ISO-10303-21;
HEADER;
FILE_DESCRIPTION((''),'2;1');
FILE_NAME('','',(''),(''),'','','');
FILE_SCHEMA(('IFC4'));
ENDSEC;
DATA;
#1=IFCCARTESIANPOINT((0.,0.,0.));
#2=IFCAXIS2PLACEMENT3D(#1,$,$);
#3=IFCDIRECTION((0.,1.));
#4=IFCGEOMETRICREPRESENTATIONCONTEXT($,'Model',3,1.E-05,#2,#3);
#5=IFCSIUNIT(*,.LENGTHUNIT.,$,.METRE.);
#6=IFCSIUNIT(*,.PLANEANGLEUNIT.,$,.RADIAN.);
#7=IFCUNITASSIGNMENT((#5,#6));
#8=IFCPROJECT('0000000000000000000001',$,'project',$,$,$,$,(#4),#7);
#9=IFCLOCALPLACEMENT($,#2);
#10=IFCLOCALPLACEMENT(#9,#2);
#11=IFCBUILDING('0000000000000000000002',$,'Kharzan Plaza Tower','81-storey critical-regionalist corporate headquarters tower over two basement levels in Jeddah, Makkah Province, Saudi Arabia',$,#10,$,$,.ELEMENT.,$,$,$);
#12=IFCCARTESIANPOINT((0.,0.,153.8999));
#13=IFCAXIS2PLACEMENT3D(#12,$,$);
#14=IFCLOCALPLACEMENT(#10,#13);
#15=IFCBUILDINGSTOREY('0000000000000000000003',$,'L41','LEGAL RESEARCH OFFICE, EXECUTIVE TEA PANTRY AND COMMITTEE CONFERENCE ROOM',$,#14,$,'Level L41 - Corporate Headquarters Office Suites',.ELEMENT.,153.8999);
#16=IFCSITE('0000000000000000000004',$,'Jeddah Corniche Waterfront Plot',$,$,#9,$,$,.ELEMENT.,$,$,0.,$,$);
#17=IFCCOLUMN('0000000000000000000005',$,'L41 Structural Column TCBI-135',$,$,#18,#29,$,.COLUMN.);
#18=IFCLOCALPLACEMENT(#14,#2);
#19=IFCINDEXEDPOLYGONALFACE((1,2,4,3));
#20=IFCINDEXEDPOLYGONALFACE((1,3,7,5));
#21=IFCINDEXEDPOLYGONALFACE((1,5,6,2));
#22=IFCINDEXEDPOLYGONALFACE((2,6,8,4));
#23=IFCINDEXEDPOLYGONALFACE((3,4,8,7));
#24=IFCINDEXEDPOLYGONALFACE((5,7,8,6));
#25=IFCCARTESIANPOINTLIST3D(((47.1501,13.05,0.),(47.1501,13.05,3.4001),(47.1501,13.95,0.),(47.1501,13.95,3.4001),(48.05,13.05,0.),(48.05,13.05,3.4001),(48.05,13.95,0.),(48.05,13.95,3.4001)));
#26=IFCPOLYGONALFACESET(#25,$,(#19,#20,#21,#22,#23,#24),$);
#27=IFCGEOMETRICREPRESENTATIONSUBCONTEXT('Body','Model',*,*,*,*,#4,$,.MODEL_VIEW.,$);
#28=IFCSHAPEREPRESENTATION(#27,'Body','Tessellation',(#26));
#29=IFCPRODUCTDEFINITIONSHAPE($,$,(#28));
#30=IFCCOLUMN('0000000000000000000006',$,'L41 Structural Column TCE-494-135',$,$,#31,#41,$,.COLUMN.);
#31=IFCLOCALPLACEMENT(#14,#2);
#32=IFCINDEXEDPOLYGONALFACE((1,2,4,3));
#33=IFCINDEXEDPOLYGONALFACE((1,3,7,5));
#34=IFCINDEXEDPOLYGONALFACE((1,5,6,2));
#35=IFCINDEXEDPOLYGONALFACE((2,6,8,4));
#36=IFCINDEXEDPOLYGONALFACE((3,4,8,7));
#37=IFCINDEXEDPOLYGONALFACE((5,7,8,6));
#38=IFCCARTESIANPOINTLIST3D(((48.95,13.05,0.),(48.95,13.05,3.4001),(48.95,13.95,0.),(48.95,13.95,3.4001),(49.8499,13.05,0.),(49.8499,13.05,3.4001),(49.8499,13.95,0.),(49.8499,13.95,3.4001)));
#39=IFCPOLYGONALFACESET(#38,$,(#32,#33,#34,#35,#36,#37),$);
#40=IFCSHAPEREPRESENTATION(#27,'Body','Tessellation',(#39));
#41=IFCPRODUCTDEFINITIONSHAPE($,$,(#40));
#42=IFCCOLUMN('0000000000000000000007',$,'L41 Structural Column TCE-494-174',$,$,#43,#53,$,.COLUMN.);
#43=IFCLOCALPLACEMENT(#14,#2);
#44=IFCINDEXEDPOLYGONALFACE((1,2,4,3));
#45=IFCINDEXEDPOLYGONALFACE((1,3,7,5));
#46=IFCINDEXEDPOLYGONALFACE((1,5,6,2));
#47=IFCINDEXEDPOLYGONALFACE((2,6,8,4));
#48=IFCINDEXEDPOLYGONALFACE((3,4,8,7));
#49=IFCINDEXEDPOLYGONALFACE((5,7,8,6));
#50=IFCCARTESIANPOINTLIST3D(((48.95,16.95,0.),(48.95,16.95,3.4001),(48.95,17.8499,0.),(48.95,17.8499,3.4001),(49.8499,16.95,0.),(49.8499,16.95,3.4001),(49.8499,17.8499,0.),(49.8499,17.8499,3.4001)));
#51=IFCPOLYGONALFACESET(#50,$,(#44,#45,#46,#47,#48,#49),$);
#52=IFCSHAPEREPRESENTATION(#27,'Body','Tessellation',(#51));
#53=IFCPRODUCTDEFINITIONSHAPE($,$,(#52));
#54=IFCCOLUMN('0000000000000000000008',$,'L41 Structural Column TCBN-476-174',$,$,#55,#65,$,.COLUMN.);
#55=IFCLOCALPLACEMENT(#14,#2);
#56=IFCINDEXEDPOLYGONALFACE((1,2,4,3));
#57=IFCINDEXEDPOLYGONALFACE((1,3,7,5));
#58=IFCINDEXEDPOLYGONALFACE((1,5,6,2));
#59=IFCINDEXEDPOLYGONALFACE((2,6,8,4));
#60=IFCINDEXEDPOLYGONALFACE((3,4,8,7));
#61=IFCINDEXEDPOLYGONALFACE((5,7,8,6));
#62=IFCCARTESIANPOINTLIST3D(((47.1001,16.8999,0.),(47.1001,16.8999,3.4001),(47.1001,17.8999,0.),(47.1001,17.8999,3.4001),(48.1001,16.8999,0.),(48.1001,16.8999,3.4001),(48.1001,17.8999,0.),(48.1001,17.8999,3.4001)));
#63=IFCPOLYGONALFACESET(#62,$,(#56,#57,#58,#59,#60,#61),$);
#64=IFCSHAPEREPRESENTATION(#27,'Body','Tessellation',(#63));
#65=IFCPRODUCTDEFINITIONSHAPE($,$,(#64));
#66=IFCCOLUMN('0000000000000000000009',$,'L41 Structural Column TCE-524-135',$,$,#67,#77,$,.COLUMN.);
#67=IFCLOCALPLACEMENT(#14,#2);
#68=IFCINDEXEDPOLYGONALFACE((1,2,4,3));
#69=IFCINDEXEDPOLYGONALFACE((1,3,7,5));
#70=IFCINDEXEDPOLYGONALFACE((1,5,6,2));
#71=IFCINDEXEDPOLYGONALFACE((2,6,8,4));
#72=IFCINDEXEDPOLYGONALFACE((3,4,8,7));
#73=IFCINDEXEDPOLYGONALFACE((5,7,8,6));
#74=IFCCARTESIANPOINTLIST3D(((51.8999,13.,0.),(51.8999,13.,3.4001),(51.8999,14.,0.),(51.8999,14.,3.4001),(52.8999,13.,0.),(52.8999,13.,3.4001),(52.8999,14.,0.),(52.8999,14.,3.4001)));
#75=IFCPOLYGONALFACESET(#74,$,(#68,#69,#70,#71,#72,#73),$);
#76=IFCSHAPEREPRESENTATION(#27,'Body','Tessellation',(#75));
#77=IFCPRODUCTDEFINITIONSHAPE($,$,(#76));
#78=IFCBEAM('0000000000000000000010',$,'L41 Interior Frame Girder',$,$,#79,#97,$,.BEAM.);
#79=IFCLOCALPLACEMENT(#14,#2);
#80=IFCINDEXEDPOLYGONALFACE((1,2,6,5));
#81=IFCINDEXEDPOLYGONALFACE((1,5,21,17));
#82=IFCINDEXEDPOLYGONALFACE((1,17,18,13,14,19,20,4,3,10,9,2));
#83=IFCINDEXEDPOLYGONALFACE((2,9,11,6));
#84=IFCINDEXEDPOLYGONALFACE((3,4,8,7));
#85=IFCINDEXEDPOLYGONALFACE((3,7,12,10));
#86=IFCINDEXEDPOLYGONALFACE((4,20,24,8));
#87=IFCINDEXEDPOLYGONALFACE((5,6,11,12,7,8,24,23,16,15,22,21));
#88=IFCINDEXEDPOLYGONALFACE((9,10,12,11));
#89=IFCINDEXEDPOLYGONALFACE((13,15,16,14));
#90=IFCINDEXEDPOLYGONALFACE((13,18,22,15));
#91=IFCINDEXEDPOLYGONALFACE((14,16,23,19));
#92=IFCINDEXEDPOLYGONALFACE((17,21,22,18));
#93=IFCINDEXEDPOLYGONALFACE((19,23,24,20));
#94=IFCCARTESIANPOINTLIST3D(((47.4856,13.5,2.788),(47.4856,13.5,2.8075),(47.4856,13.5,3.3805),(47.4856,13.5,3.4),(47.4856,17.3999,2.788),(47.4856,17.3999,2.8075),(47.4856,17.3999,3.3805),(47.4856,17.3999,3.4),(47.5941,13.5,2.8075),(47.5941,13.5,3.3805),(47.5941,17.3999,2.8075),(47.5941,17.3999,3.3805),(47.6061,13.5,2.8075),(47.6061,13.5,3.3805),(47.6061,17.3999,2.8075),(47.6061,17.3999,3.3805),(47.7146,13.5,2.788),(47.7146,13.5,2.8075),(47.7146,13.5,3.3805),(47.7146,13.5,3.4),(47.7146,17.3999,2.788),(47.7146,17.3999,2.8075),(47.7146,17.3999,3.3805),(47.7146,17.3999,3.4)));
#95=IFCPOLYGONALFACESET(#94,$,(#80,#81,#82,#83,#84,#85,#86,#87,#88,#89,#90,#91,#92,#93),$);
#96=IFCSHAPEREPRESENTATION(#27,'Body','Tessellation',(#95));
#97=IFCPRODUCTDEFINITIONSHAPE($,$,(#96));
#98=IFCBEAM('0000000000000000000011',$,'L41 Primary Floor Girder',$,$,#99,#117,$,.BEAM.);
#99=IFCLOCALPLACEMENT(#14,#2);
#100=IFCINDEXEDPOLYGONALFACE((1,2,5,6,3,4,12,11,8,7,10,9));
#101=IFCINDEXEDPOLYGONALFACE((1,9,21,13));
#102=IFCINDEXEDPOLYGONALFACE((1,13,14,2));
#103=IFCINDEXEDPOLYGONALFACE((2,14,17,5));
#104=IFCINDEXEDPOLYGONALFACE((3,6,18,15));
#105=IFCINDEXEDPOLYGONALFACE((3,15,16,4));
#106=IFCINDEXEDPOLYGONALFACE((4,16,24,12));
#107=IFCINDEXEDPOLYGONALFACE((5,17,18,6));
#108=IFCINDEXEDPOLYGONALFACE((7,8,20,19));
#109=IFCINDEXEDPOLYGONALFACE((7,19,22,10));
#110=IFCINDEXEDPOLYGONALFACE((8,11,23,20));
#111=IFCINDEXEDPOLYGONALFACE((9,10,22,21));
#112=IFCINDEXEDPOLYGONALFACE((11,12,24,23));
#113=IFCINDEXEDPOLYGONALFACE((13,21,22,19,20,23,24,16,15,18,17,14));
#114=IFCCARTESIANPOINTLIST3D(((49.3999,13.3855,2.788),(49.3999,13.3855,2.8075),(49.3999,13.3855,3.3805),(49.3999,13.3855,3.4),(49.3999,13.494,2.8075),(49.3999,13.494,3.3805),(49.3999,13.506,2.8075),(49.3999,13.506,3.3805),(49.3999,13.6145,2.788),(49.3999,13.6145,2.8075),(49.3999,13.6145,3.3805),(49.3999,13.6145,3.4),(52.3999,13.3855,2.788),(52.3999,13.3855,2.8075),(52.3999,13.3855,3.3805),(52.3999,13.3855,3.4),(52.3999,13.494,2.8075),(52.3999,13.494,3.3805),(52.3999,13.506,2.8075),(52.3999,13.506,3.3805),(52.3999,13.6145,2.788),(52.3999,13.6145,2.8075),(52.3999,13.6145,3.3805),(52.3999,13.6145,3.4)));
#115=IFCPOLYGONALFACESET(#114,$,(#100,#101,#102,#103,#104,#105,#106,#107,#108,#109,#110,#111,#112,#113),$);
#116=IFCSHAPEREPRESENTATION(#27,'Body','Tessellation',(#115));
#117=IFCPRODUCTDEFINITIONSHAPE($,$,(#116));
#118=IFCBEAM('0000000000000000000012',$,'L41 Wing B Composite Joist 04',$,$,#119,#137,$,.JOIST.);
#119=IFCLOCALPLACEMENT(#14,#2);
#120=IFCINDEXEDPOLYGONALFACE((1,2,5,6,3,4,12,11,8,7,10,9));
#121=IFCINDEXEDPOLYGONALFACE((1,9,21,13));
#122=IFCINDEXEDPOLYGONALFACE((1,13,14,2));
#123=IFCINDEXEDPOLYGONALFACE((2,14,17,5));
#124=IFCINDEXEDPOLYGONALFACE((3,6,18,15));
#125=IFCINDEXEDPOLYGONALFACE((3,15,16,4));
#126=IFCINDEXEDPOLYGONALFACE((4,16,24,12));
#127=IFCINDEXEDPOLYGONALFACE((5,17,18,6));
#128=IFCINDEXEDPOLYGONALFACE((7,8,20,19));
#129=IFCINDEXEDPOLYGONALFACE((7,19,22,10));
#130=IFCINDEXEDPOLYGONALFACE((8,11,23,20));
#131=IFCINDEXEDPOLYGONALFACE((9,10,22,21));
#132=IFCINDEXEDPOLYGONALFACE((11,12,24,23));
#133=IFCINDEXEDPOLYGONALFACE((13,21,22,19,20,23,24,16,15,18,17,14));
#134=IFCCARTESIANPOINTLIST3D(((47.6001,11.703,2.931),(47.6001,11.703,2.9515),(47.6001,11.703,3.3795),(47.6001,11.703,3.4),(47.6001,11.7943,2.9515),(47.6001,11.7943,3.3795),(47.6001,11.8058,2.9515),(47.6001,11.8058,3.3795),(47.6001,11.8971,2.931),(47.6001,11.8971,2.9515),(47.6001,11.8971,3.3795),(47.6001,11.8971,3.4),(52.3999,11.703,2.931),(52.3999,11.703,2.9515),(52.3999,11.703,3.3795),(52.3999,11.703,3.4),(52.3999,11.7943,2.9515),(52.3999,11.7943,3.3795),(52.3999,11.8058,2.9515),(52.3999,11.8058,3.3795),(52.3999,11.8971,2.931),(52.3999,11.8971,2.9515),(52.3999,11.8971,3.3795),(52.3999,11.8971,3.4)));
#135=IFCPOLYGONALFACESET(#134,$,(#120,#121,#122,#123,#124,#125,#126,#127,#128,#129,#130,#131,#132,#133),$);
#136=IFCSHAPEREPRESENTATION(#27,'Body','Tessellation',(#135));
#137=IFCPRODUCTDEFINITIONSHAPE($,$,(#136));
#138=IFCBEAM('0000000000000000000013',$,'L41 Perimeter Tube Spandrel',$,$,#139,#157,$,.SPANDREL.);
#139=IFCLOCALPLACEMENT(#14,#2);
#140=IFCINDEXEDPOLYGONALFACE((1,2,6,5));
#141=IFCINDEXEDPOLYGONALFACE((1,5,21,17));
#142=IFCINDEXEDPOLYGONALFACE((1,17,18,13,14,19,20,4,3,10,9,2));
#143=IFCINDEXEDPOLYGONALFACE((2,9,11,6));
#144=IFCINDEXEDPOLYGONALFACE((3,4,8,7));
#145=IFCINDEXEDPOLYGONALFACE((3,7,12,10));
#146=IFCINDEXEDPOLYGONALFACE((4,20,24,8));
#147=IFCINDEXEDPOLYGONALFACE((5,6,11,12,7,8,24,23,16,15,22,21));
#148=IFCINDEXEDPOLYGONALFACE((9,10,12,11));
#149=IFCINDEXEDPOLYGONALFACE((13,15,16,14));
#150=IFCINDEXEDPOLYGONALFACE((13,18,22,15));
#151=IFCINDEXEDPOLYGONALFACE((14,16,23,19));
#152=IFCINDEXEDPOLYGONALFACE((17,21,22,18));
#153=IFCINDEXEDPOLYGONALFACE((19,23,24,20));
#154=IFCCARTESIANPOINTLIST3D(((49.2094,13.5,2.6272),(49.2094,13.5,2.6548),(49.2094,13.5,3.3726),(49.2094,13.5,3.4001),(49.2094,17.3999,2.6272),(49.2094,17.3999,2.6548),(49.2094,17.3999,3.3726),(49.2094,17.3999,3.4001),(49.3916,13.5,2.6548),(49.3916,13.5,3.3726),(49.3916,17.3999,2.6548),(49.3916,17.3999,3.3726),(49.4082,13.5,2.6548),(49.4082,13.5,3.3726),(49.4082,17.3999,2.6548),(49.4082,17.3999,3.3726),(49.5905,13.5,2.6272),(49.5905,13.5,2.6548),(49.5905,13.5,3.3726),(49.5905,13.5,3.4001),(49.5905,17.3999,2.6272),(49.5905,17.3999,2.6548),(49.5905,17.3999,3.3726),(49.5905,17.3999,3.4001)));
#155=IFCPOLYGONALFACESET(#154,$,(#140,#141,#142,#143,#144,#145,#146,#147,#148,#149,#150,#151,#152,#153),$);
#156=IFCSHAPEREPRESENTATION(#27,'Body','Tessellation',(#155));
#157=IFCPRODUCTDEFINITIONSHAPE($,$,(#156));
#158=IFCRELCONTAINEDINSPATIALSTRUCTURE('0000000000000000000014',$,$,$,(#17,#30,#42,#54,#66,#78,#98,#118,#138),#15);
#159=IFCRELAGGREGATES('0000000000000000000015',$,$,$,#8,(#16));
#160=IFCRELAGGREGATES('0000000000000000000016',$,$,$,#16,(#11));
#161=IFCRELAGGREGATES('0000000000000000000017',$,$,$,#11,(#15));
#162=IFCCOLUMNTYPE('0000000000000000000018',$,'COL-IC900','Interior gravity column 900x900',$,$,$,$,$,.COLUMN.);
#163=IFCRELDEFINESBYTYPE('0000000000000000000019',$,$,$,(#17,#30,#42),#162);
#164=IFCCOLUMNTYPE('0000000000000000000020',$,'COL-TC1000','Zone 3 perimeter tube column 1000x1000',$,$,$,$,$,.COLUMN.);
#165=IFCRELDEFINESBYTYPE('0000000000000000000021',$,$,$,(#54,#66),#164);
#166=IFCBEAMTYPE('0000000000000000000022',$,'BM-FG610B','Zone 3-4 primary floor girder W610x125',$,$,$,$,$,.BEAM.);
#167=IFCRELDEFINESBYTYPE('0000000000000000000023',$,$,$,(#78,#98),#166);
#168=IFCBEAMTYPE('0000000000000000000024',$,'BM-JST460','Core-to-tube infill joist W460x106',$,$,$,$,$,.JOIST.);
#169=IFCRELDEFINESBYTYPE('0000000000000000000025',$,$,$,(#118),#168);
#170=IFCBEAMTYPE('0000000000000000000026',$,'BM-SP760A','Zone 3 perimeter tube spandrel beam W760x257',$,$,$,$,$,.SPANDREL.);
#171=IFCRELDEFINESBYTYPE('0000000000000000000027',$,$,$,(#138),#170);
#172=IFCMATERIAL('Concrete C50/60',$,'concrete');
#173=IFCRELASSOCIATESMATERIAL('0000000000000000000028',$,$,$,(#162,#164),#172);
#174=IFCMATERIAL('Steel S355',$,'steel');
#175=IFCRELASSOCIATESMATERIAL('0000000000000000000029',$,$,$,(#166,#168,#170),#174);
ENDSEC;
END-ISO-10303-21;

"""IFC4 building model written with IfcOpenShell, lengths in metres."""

from ifc_helpers import new_model, si_unit, direction, frame, origin, origin_2d, place, context, subcontext, project, spatial, rectangle, i_section, extrude, source, transform, mapped, material, material_profile, profile_set, type_object, element, save


model = new_model("IFC4")

# Units and contexts
model_context = context("Model", 3, precision=1e-05, world=origin(), true_north=direction((0.0, 1.0)))
body_context = subcontext(model_context, "Body", "Model", "MODEL_VIEW")
ifc_project = project(units=[si_unit("LENGTHUNIT", "METRE"), si_unit("PLANEANGLEUNIT", "RADIAN")], contexts=[model_context])

# Site, building, storey
site_placement = place(None, origin())
site = spatial("IfcSite", under=ifc_project, at=site_placement, Name="Jeddah Corniche Waterfront Plot", CompositionType="ELEMENT", RefElevation=0.0)
building_placement = place(site_placement, origin())
building = spatial("IfcBuilding", under=site, at=building_placement, Name="Kharzan Plaza Tower", Description="81-storey critical-regionalist corporate headquarters tower over two basement levels in Jeddah, Makkah Province, Saudi Arabia", CompositionType="ELEMENT")
storey_placement = place(building_placement, frame((0.0, 0.0, 153.8999)))
storey = spatial("IfcBuildingStorey", under=building, at=storey_placement, Name="L41", Description="LEGAL RESEARCH OFFICE, EXECUTIVE TEA PANTRY AND COMMITTEE CONFERENCE ROOM", LongName="Level L41 - Corporate Headquarters Office Suites", CompositionType="ELEMENT", Elevation=153.8999)

# Columns
ifc_material_1 = material(Name="Concrete C50/60", Category="concrete")
ifc_material_profile_1 = material_profile(ifc_material_1, rectangle(XDim=0.8999, YDim=0.8999, at=origin_2d()), Name="RC-IC900x900")
ifc_profile_set_1 = profile_set([ifc_material_profile_1], Name="Concrete C50/60")
column_type_1 = type_object("IfcColumnType", Name="COL-IC900", Description="Interior gravity column 900x900", PredefinedType="COLUMN", material=ifc_profile_set_1)
shared_shape_1 = source(origin(), body_context, "Body", "SweptSolid", [
    extrude(rectangle(XDim=0.8999, YDim=0.8999, at=origin_2d()), origin(), (0.0, 0.0, 1.0), 3.4001),
])
for number, where, z_axis, x_axis, name in (
    (1, (47.6001, 13.5, 0.0), (0.0, 0.0, 1.0), (1.0, 0.0, 0.0), "L41 Structural Column TCBI-135"),
    (2, (49.3999, 13.5, 0.0), (0.0, 0.0, 1.0), (1.0, 0.0, 0.0), "L41 Structural Column TCE-494-135"),
    (3, (49.3999, 17.3999, 0.0), (0.0, 0.0, 1.0), (1.0, 0.0, 0.0), "L41 Structural Column TCE-494-174"),
):
    element("IfcColumn", number, at=place(storey_placement, frame(where, z_axis=z_axis, x_axis=x_axis)), inside=storey, type_object=column_type_1, Name=name, PredefinedType="COLUMN", context=body_context, shape_type="MappedRepresentation", body=[
        mapped(shared_shape_1, transform((0.0, 0.0, 0.0), x_axis=(1.0, 0.0, 0.0), y_axis=(0.0, 1.0, 0.0), z_axis=(0.0, 0.0, 1.0))),
    ])
ifc_material_profile_2 = material_profile(ifc_material_1, rectangle(XDim=1.0, YDim=1.0, at=origin_2d()), Name="RC-TC1000x1000")
ifc_profile_set_2 = profile_set([ifc_material_profile_2], Name="Concrete C50/60")
column_type_2 = type_object("IfcColumnType", Name="COL-TC1000", Description="Zone 3 perimeter tube column 1000x1000", PredefinedType="COLUMN", material=ifc_profile_set_2)
shared_shape_2 = source(origin(), body_context, "Body", "SweptSolid", [
    extrude(rectangle(XDim=1.0, YDim=1.0, at=origin_2d()), origin(), (0.0, 0.0, 1.0), 3.4001),
])
for number, where, z_axis, x_axis, name in (
    (4, (47.6001, 17.3999, 0.0), (0.0, 0.0, 1.0), (1.0, 0.0, 0.0), "L41 Structural Column TCBN-476-174"),
    (5, (52.3999, 13.5, 0.0), (0.0, 0.0, 1.0), (1.0, 0.0, 0.0), "L41 Structural Column TCE-524-135"),
):
    element("IfcColumn", number, at=place(storey_placement, frame(where, z_axis=z_axis, x_axis=x_axis)), inside=storey, type_object=column_type_2, Name=name, PredefinedType="COLUMN", context=body_context, shape_type="MappedRepresentation", body=[
        mapped(shared_shape_2, transform((0.0, 0.0, 0.0), x_axis=(1.0, 0.0, 0.0), y_axis=(0.0, 1.0, 0.0), z_axis=(0.0, 0.0, 1.0))),
    ])

# Beams
ifc_material_2 = material(Name="Steel S355", Category="steel")
ifc_material_profile_3 = material_profile(ifc_material_2, i_section(OverallWidth=0.229, OverallDepth=0.6121, WebThickness=0.012, FlangeThickness=0.0195, at=origin_2d()), Name="W610x125")
ifc_profile_set_3 = profile_set([ifc_material_profile_3], Name="Steel S355")
beam_type_1 = type_object("IfcBeamType", Name="BM-FG610B", Description="Zone 3-4 primary floor girder W610x125", PredefinedType="BEAM", material=ifc_profile_set_3)
shared_shape_3 = source(origin(), body_context, "Body", "SweptSolid", [
    extrude(i_section(OverallWidth=0.229, OverallDepth=0.6121, WebThickness=0.012, FlangeThickness=0.0195, at=origin_2d()), origin(), (0.0, 0.0, 1.0), 3.8999),
])
beam_1_placement = place(storey_placement, frame((47.6001, 13.5, 3.094), z_axis=(0.0, 1.0, 0.0), x_axis=(-1.0, 0.0, 0.0)))
element("IfcBeam", 6, at=beam_1_placement, inside=storey, type_object=beam_type_1, Name="L41 Interior Frame Girder", PredefinedType="BEAM", context=body_context, shape_type="MappedRepresentation", body=[
    mapped(shared_shape_3, transform((0.0, 0.0, 0.0), x_axis=(1.0, 0.0, 0.0), y_axis=(0.0, 1.0, 0.0), z_axis=(0.0, 0.0, 1.0))),
])
shared_shape_4 = source(origin(), body_context, "Body", "SweptSolid", [
    extrude(i_section(OverallWidth=0.229, OverallDepth=0.6121, WebThickness=0.012, FlangeThickness=0.0195, at=origin_2d()), origin(), (0.0, 0.0, 1.0), 3.0),
])
beam_2_placement = place(storey_placement, frame((49.3999, 13.5, 3.094), z_axis=(1.0, 0.0, 0.0), x_axis=(0.0, 1.0, 0.0)))
element("IfcBeam", 7, at=beam_2_placement, inside=storey, type_object=beam_type_1, Name="L41 Primary Floor Girder", PredefinedType="BEAM", context=body_context, shape_type="MappedRepresentation", body=[
    mapped(shared_shape_4, transform((0.0, 0.0, 0.0), x_axis=(1.0, 0.0, 0.0), y_axis=(0.0, 1.0, 0.0), z_axis=(0.0, 0.0, 1.0))),
])
ifc_material_profile_4 = material_profile(ifc_material_2, i_section(OverallWidth=0.1941, OverallDepth=0.469, WebThickness=0.0115, FlangeThickness=0.0205, at=origin_2d()), Name="W460x106")
ifc_profile_set_4 = profile_set([ifc_material_profile_4], Name="Steel S355")
beam_type_2 = type_object("IfcBeamType", Name="BM-JST460", Description="Core-to-tube infill joist W460x106", PredefinedType="JOIST", material=ifc_profile_set_4)
shared_shape_5 = source(origin(), body_context, "Body", "SweptSolid", [
    extrude(i_section(OverallWidth=0.1941, OverallDepth=0.469, WebThickness=0.0115, FlangeThickness=0.0205, at=origin_2d()), origin(), (0.0, 0.0, 1.0), 4.7998),
])
beam_3_placement = place(storey_placement, frame((47.6001, 11.8, 3.1655), z_axis=(1.0, 0.0, 0.0), x_axis=(0.0, 1.0, 0.0)))
element("IfcBeam", 8, at=beam_3_placement, inside=storey, type_object=beam_type_2, Name="L41 Wing B Composite Joist 04", PredefinedType="JOIST", context=body_context, shape_type="MappedRepresentation", body=[
    mapped(shared_shape_5, transform((0.0, 0.0, 0.0), x_axis=(1.0, 0.0, 0.0), y_axis=(0.0, 1.0, 0.0), z_axis=(0.0, 0.0, 1.0))),
])
ifc_material_profile_5 = material_profile(ifc_material_2, i_section(OverallWidth=0.3811, OverallDepth=0.7729, WebThickness=0.0166, FlangeThickness=0.0276, at=origin_2d()), Name="W760x257")
ifc_profile_set_5 = profile_set([ifc_material_profile_5], Name="Steel S355")
beam_type_3 = type_object("IfcBeamType", Name="BM-SP760A", Description="Zone 3 perimeter tube spandrel beam W760x257", PredefinedType="SPANDREL", material=ifc_profile_set_5)
shared_shape_6 = source(origin(), body_context, "Body", "SweptSolid", [
    extrude(i_section(OverallWidth=0.3811, OverallDepth=0.7729, WebThickness=0.0166, FlangeThickness=0.0276, at=origin_2d()), origin(), (0.0, 0.0, 1.0), 3.8999),
])
beam_4_placement = place(storey_placement, frame((49.3999, 13.5, 3.0137), z_axis=(0.0, 1.0, 0.0), x_axis=(-1.0, 0.0, 0.0)))
element("IfcBeam", 9, at=beam_4_placement, inside=storey, type_object=beam_type_3, Name="L41 Perimeter Tube Spandrel", PredefinedType="SPANDREL", context=body_context, shape_type="MappedRepresentation", body=[
    mapped(shared_shape_6, transform((0.0, 0.0, 0.0), x_axis=(1.0, 0.0, 0.0), y_axis=(0.0, 1.0, 0.0), z_axis=(0.0, 0.0, 1.0))),
])

save(model, "model.ifc")
